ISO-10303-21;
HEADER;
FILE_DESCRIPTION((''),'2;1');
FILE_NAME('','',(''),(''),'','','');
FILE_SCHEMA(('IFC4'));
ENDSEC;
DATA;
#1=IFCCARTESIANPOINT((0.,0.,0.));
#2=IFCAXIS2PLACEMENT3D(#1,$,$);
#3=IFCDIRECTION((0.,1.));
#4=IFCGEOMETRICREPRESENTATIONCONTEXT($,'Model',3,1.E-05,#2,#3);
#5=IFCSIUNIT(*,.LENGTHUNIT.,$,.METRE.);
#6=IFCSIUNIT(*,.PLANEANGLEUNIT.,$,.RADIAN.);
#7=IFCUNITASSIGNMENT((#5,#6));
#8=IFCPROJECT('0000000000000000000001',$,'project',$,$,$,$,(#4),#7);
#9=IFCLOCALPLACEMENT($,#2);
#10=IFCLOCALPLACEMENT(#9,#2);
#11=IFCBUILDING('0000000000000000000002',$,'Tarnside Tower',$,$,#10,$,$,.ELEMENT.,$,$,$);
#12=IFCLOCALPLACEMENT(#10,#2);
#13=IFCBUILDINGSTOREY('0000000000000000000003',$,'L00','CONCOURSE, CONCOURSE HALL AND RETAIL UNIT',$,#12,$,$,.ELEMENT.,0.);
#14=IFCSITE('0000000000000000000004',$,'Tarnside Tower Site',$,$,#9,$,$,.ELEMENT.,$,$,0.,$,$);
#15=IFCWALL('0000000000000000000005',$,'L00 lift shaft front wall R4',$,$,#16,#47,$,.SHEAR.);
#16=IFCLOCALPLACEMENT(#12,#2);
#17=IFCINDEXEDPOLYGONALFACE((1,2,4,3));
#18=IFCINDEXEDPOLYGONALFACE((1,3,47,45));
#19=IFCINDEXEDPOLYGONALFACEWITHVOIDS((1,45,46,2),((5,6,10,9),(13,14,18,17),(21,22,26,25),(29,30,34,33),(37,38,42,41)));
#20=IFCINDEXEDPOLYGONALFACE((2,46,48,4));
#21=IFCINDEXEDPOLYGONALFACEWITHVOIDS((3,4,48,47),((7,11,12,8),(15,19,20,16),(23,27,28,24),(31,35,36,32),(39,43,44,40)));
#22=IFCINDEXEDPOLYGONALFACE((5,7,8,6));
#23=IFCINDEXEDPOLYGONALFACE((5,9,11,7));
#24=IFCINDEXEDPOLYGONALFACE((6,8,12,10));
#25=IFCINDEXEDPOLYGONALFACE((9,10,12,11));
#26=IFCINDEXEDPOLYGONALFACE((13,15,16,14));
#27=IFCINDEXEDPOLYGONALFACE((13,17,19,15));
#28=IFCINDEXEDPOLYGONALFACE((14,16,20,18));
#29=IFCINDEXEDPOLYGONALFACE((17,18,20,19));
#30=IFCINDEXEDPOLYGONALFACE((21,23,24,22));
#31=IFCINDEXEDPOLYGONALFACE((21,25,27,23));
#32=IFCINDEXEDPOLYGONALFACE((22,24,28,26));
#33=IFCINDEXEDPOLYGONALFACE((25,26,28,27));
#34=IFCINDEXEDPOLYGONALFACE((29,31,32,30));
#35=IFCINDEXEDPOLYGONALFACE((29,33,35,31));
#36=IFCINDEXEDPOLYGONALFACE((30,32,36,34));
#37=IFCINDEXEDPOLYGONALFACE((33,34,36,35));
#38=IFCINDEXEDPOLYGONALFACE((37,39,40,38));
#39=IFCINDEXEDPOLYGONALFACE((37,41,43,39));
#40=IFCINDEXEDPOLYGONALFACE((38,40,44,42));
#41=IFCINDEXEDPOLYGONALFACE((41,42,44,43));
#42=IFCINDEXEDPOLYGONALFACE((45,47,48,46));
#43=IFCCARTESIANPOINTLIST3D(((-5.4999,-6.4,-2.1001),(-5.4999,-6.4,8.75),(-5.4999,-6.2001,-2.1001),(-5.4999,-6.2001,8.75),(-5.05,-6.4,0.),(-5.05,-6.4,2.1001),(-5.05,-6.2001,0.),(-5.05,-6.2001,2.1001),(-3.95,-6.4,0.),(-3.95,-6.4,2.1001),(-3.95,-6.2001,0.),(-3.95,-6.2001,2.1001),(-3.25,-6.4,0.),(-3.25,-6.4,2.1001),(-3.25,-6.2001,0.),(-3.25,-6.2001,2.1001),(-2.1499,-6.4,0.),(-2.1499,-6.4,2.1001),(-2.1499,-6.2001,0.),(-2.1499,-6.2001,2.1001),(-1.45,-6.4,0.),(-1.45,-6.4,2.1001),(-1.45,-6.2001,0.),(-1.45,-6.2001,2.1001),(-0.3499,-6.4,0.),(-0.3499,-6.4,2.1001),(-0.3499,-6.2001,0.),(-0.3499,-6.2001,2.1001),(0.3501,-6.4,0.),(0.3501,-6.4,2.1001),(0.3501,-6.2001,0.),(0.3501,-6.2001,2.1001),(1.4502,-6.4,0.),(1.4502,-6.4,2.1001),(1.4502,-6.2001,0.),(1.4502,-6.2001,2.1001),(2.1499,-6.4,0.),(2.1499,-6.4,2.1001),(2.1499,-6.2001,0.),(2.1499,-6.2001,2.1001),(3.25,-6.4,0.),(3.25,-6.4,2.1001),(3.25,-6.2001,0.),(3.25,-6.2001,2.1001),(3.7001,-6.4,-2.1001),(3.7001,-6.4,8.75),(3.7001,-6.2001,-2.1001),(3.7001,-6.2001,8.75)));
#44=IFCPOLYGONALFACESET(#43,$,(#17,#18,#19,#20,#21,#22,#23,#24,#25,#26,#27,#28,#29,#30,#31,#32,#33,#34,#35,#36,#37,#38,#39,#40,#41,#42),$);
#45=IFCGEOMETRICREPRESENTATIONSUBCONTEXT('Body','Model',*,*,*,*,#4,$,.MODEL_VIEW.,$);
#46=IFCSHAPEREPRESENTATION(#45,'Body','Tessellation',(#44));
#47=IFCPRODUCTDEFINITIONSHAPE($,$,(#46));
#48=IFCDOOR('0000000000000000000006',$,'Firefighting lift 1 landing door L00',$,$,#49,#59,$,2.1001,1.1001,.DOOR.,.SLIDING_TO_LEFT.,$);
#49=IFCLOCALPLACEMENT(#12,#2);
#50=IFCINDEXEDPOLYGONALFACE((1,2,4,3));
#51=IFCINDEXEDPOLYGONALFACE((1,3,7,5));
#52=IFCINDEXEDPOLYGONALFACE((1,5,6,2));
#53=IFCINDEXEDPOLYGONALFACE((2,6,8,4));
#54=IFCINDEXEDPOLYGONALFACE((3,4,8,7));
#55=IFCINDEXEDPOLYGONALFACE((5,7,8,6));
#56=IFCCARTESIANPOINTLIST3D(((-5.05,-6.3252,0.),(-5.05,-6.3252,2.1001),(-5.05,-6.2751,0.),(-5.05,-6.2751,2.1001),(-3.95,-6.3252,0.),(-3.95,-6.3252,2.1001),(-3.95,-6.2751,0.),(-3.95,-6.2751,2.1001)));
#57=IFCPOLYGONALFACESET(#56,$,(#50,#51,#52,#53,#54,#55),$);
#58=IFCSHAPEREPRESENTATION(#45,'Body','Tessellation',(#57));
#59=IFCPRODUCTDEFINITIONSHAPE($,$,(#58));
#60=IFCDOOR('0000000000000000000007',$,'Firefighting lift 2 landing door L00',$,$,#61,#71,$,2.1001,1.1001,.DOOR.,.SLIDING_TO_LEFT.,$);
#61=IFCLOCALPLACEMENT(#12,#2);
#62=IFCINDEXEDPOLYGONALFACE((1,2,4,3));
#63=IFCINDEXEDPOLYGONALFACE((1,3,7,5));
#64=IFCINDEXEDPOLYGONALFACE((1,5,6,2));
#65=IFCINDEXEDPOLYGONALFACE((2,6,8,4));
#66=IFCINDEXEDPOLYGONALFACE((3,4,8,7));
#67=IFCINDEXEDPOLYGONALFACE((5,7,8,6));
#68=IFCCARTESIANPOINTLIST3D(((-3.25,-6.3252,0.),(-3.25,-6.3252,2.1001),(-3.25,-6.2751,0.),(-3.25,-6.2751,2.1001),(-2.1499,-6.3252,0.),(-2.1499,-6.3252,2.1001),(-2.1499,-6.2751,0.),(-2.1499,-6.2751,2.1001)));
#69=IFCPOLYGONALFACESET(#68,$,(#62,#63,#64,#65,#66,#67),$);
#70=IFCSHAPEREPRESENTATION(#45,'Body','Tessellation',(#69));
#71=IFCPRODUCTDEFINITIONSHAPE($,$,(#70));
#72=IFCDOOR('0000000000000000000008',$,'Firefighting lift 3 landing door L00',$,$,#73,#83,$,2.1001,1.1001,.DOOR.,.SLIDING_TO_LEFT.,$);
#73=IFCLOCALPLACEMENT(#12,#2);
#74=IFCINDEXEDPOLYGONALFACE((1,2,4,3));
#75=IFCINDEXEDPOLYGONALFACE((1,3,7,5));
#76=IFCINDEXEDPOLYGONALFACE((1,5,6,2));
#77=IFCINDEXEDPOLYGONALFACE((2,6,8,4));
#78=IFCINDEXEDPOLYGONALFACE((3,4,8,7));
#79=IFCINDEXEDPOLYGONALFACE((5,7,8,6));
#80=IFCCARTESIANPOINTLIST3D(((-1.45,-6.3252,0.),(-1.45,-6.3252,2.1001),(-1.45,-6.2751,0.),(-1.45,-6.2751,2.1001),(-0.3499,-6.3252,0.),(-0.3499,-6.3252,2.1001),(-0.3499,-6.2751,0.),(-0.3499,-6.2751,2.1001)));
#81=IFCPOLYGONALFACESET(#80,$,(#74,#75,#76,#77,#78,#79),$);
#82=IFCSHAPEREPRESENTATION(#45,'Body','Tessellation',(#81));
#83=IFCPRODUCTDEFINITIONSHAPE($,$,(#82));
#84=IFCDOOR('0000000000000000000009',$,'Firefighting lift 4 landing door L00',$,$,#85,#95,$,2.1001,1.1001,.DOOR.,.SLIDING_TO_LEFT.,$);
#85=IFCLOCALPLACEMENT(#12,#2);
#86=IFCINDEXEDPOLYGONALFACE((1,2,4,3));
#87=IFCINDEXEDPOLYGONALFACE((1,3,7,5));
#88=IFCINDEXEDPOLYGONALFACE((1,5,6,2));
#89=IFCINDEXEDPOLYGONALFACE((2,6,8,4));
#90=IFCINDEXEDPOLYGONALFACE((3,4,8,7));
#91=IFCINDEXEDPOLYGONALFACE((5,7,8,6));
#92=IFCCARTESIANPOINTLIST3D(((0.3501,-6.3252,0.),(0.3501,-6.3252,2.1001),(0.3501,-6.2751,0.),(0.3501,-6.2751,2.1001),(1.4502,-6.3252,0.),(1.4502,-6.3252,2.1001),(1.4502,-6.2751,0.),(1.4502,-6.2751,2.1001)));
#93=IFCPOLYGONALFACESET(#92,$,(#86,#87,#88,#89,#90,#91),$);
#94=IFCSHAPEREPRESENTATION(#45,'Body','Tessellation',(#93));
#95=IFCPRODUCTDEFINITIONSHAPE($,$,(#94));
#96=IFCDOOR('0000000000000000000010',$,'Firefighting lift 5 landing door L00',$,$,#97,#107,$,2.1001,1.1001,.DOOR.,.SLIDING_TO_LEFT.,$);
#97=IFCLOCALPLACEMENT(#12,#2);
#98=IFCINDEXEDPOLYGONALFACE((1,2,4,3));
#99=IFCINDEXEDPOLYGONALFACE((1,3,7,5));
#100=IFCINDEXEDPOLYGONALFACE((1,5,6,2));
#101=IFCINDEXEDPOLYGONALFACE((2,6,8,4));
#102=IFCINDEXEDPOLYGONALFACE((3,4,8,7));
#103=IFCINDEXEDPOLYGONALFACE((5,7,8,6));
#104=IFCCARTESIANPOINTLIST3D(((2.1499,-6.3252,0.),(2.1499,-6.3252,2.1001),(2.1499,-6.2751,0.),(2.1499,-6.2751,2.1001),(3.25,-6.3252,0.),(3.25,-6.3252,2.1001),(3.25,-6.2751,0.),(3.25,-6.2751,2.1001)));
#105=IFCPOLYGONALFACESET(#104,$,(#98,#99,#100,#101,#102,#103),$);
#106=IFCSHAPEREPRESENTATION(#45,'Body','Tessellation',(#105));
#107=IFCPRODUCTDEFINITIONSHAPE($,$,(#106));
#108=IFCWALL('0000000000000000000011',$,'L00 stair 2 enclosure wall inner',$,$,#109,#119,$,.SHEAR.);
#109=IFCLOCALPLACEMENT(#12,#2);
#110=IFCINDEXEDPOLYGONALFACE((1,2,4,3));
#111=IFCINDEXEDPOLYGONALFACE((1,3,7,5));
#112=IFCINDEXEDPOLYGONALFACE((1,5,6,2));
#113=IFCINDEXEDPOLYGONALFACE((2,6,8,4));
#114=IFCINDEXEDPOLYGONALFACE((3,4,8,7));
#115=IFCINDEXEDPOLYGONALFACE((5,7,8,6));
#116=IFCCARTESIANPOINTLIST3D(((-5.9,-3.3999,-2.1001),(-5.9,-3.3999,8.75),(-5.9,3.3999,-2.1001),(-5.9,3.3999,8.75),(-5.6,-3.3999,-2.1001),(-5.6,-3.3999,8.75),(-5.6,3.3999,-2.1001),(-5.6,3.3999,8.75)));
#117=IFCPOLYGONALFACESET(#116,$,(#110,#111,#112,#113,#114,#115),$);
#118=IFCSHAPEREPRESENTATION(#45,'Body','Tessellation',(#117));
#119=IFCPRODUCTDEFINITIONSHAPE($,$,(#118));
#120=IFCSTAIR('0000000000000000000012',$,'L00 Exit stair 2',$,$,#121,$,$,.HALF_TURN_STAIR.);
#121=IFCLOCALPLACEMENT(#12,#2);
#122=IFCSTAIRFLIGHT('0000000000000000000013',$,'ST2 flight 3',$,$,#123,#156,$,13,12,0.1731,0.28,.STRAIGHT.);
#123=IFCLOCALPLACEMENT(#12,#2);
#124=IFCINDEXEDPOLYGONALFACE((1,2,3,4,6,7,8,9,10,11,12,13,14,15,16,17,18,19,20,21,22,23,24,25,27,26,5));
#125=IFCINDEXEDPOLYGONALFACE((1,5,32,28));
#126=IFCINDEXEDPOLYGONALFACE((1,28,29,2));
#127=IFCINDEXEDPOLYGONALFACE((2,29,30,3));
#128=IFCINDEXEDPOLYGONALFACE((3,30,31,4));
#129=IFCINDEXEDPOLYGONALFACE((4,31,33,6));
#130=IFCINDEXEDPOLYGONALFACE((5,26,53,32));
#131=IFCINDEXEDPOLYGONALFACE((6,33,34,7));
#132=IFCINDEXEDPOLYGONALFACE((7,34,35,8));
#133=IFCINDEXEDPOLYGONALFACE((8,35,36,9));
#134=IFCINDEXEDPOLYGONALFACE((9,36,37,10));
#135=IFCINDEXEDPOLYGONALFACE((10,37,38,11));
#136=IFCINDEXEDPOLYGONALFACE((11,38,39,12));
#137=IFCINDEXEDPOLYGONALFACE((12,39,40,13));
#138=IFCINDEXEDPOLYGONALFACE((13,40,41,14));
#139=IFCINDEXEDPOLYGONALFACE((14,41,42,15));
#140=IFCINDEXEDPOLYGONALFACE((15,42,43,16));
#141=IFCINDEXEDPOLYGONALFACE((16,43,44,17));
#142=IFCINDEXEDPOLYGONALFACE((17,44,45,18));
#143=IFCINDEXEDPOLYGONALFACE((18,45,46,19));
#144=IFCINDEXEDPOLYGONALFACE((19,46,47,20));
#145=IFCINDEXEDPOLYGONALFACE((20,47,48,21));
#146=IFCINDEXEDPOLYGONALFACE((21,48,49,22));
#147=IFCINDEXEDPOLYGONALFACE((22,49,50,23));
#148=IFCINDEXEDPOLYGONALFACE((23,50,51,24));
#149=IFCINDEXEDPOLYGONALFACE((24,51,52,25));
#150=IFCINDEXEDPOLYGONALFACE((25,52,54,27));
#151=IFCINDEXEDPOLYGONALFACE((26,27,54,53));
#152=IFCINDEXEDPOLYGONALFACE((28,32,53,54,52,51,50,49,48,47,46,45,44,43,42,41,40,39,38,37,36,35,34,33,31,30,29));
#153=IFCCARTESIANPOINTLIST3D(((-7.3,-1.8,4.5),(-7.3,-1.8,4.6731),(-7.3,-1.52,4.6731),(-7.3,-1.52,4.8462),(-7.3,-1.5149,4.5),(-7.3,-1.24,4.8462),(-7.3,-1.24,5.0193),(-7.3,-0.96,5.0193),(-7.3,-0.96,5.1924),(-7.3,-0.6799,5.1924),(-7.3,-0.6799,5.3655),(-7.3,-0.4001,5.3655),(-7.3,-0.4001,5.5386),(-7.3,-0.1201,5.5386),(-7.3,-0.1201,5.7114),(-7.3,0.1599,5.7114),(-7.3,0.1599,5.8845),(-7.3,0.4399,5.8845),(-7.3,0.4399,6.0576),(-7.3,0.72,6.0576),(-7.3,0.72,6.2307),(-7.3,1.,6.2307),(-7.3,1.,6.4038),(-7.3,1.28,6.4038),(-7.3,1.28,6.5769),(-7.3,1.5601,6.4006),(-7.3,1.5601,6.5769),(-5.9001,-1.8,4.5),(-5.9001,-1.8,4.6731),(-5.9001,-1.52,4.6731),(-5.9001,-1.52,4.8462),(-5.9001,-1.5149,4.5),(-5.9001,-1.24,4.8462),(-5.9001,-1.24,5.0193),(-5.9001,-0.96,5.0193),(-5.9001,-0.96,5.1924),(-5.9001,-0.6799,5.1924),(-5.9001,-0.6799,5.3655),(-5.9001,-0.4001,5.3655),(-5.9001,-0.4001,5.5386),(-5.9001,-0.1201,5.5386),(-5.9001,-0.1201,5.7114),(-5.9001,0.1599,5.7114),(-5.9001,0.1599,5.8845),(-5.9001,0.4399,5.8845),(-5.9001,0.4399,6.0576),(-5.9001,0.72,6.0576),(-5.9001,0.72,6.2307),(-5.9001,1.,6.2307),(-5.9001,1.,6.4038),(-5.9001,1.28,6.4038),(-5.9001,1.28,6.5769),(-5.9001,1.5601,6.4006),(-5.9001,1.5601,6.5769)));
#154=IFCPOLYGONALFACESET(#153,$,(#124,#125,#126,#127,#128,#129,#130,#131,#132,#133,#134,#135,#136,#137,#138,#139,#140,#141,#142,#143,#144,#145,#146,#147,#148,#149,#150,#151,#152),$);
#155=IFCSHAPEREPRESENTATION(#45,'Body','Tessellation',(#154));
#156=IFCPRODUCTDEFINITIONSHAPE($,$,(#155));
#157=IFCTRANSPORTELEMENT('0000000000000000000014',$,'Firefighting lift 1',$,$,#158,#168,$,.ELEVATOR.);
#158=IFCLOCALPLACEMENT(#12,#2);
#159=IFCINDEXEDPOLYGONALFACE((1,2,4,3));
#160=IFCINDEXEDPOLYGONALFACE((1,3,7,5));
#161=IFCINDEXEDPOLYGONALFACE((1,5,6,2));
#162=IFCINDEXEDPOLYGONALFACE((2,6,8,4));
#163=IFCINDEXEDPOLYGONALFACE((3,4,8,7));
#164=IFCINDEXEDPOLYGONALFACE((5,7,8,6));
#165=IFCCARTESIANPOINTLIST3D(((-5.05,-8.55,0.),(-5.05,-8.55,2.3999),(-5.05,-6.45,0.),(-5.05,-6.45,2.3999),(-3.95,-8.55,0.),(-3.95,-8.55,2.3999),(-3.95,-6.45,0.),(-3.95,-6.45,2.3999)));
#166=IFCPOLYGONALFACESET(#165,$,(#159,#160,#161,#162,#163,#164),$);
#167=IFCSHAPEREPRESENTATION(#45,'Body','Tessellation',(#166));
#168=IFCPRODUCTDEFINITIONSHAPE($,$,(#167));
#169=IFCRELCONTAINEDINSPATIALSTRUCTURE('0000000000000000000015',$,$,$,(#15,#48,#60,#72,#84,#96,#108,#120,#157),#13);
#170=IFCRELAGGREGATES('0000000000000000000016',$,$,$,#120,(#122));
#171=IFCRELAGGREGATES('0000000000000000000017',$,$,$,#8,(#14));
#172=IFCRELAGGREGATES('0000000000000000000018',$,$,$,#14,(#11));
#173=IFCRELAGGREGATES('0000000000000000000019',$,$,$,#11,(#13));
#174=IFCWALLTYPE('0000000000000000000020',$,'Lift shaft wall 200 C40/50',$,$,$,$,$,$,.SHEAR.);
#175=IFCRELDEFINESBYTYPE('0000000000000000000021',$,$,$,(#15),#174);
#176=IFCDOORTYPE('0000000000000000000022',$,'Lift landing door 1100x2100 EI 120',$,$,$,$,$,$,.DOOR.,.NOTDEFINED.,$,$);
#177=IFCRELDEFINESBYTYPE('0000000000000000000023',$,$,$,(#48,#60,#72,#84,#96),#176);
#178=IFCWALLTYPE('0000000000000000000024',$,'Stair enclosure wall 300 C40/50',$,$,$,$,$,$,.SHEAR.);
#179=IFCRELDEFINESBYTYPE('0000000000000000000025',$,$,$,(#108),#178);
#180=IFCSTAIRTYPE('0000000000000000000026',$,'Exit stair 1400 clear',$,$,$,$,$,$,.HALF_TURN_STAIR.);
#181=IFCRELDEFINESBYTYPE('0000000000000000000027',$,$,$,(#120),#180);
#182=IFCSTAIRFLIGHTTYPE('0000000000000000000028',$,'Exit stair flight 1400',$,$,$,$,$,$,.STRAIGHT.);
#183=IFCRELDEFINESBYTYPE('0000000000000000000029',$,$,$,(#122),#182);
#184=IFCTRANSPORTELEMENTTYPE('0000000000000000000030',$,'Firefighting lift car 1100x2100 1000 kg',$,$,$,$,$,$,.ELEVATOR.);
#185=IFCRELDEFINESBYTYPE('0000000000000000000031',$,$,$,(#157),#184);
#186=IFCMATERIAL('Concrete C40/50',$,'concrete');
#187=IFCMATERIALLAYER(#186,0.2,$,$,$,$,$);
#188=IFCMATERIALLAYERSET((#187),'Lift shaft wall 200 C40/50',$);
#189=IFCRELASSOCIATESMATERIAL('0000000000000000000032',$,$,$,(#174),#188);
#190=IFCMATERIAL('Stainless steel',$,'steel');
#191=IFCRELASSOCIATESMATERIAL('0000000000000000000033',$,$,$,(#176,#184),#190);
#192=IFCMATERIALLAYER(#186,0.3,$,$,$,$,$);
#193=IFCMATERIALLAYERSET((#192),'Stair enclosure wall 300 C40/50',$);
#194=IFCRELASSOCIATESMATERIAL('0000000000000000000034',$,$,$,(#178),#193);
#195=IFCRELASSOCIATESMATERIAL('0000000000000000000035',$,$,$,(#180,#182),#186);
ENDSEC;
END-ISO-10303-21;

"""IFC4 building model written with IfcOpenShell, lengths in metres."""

from ifc_helpers import new_model, si_unit, direction, frame, frame_2d, origin, origin_2d, place, context, subcontext, project, spatial, polyline, rectangle, outline, extrude, material, layer, layer_set, type_object, element, fill, aggregate, save


model = new_model("IFC4")

# Units and contexts
model_context = context("Model", 3, precision=1e-05, world=origin(), true_north=direction((0.0, 1.0)))
body_context = subcontext(model_context, "Body", "Model", "MODEL_VIEW")
ifc_project = project(units=[si_unit("LENGTHUNIT", "METRE"), si_unit("PLANEANGLEUNIT", "RADIAN")], contexts=[model_context])

# Site, building, storey
site_placement = place(None, origin())
site = spatial("IfcSite", under=ifc_project, at=site_placement, Name="Tarnside Tower Site", CompositionType="ELEMENT", RefElevation=0.0)
building_placement = place(site_placement, origin())
building = spatial("IfcBuilding", under=site, at=building_placement, Name="Tarnside Tower", CompositionType="ELEMENT")
storey_placement = place(building_placement, origin())
storey = spatial("IfcBuildingStorey", under=building, at=storey_placement, Name="L00", Description="CONCOURSE, CONCOURSE HALL AND RETAIL UNIT", CompositionType="ELEMENT", Elevation=0.0)

# Shared definitions
ifc_material_1 = material(Name="Concrete C40/50", Category="concrete")
ifc_layer_1 = layer(ifc_material_1, 0.2)
ifc_layer_set_1 = layer_set([ifc_layer_1], Name="Lift shaft wall 200 C40/50")
wall_type_1 = type_object("IfcWallType", Name="Lift shaft wall 200 C40/50", PredefinedType="SHEAR", material=ifc_layer_set_1)

# Wall, openings, doors
wall_1_placement = place(storey_placement, frame((-5.5, -6.3, -2.1001), z_axis=(0.0, 0.0, 1.0), x_axis=(1.0, 0.0, 0.0)))
wall_1 = element("IfcWall", 1, at=wall_1_placement, inside=storey, type_object=wall_type_1, Name="L00 lift shaft front wall R4", PredefinedType="SHEAR", context=body_context, shape_type="SweptSolid", body=[
    extrude(rectangle(XDim=9.2, YDim=0.2, at=frame_2d((4.6001, 0.0))), origin(), (0.0, 0.0, 1.0), 10.8501),
])
opening_1_placement = place(wall_1_placement, frame((0.45, 0.0, 2.1001)))
opening_1 = element("IfcOpeningElement", 2, at=opening_1_placement, cuts=wall_1, PredefinedType="OPENING", context=body_context, shape_type="SweptSolid", body=[
    extrude(rectangle(XDim=1.1001, YDim=2.1001, at=frame_2d((0.55, 1.05))), frame((0.0, 0.1099, 0.0), z_axis=(0.0, -1.0, 0.0), x_axis=(1.0, 0.0, 0.0)), (0.0, 0.0, 1.0), 0.22),
])
opening_2_placement = place(wall_1_placement, frame((2.25, 0.0, 2.1001)))
opening_2 = element("IfcOpeningElement", 3, at=opening_2_placement, cuts=wall_1, PredefinedType="OPENING", context=body_context, shape_type="SweptSolid", body=[
    extrude(rectangle(XDim=1.1001, YDim=2.1001, at=frame_2d((0.55, 1.05))), frame((0.0, 0.1099, 0.0), z_axis=(0.0, -1.0, 0.0), x_axis=(1.0, 0.0, 0.0)), (0.0, 0.0, 1.0), 0.22),
])
opening_3_placement = place(wall_1_placement, frame((4.05, 0.0, 2.1001)))
opening_3 = element("IfcOpeningElement", 4, at=opening_3_placement, cuts=wall_1, PredefinedType="OPENING", context=body_context, shape_type="SweptSolid", body=[
    extrude(rectangle(XDim=1.1001, YDim=2.1001, at=frame_2d((0.55, 1.05))), frame((0.0, 0.1099, 0.0), z_axis=(0.0, -1.0, 0.0), x_axis=(1.0, 0.0, 0.0)), (0.0, 0.0, 1.0), 0.22),
])
opening_4_placement = place(wall_1_placement, frame((5.8501, 0.0, 2.1001)))
opening_4 = element("IfcOpeningElement", 5, at=opening_4_placement, cuts=wall_1, PredefinedType="OPENING", context=body_context, shape_type="SweptSolid", body=[
    extrude(rectangle(XDim=1.1001, YDim=2.1001, at=frame_2d((0.55, 1.05))), frame((0.0, 0.1099, 0.0), z_axis=(0.0, -1.0, 0.0), x_axis=(1.0, 0.0, 0.0)), (0.0, 0.0, 1.0), 0.22),
])
opening_5_placement = place(wall_1_placement, frame((7.6499, 0.0, 2.1001)))
opening_5 = element("IfcOpeningElement", 6, at=opening_5_placement, cuts=wall_1, PredefinedType="OPENING", context=body_context, shape_type="SweptSolid", body=[
    extrude(rectangle(XDim=1.1001, YDim=2.1001, at=frame_2d((0.55, 1.05))), frame((0.0, 0.1099, 0.0), z_axis=(0.0, -1.0, 0.0), x_axis=(1.0, 0.0, 0.0)), (0.0, 0.0, 1.0), 0.22),
])
ifc_material_2 = material(Name="Stainless steel", Category="steel")
door_type = type_object("IfcDoorType", Name="Lift landing door 1100x2100 EI 120", OperationType="NOTDEFINED", PredefinedType="DOOR", material=ifc_material_2)
door_1_placement = place(opening_1_placement, origin())
door_1 = element("IfcDoor", 7, at=door_1_placement, inside=storey, type_object=door_type, Name="Firefighting lift 1 landing door L00", OperationType="SLIDING_TO_LEFT", OverallHeight=2.1001, OverallWidth=1.1001, PredefinedType="DOOR", context=body_context, shape_type="SweptSolid", body=[
    extrude(rectangle(XDim=1.1001, YDim=2.1001, at=frame_2d((0.55, 1.05))), frame((0.0, 0.0249, 0.0), z_axis=(0.0, -1.0, 0.0), x_axis=(1.0, 0.0, 0.0)), (0.0, 0.0, 1.0), 0.05),
])
fill(opening_1, door_1)
door_2_placement = place(opening_2_placement, origin())
door_2 = element("IfcDoor", 8, at=door_2_placement, inside=storey, type_object=door_type, Name="Firefighting lift 2 landing door L00", OperationType="SLIDING_TO_LEFT", OverallHeight=2.1001, OverallWidth=1.1001, PredefinedType="DOOR", context=body_context, shape_type="SweptSolid", body=[
    extrude(rectangle(XDim=1.1001, YDim=2.1001, at=frame_2d((0.55, 1.05))), frame((0.0, 0.0249, 0.0), z_axis=(0.0, -1.0, 0.0), x_axis=(1.0, 0.0, 0.0)), (0.0, 0.0, 1.0), 0.05),
])
fill(opening_2, door_2)
door_3_placement = place(opening_3_placement, origin())
door_3 = element("IfcDoor", 9, at=door_3_placement, inside=storey, type_object=door_type, Name="Firefighting lift 3 landing door L00", OperationType="SLIDING_TO_LEFT", OverallHeight=2.1001, OverallWidth=1.1001, PredefinedType="DOOR", context=body_context, shape_type="SweptSolid", body=[
    extrude(rectangle(XDim=1.1001, YDim=2.1001, at=frame_2d((0.55, 1.05))), frame((0.0, 0.0249, 0.0), z_axis=(0.0, -1.0, 0.0), x_axis=(1.0, 0.0, 0.0)), (0.0, 0.0, 1.0), 0.05),
])
fill(opening_3, door_3)
door_4_placement = place(opening_4_placement, origin())
door_4 = element("IfcDoor", 10, at=door_4_placement, inside=storey, type_object=door_type, Name="Firefighting lift 4 landing door L00", OperationType="SLIDING_TO_LEFT", OverallHeight=2.1001, OverallWidth=1.1001, PredefinedType="DOOR", context=body_context, shape_type="SweptSolid", body=[
    extrude(rectangle(XDim=1.1001, YDim=2.1001, at=frame_2d((0.55, 1.05))), frame((0.0, 0.0249, 0.0), z_axis=(0.0, -1.0, 0.0), x_axis=(1.0, 0.0, 0.0)), (0.0, 0.0, 1.0), 0.05),
])
fill(opening_4, door_4)
door_5_placement = place(opening_5_placement, origin())
door_5 = element("IfcDoor", 11, at=door_5_placement, inside=storey, type_object=door_type, Name="Firefighting lift 5 landing door L00", OperationType="SLIDING_TO_LEFT", OverallHeight=2.1001, OverallWidth=1.1001, PredefinedType="DOOR", context=body_context, shape_type="SweptSolid", body=[
    extrude(rectangle(XDim=1.1001, YDim=2.1001, at=frame_2d((0.55, 1.05))), frame((0.0, 0.0249, 0.0), z_axis=(0.0, -1.0, 0.0), x_axis=(1.0, 0.0, 0.0)), (0.0, 0.0, 1.0), 0.05),
])
fill(opening_5, door_5)

# Wall
ifc_layer_2 = layer(ifc_material_1, 0.3)
ifc_layer_set_2 = layer_set([ifc_layer_2], Name="Stair enclosure wall 300 C40/50")
wall_type_2 = type_object("IfcWallType", Name="Stair enclosure wall 300 C40/50", PredefinedType="SHEAR", material=ifc_layer_set_2)
wall_2_placement = place(storey_placement, frame((-5.75, -3.3999, -2.1001), z_axis=(0.0, 0.0, 1.0), x_axis=(0.0, 1.0, 0.0)))
element("IfcWall", 12, at=wall_2_placement, inside=storey, type_object=wall_type_2, Name="L00 stair 2 enclosure wall inner", PredefinedType="SHEAR", context=body_context, shape_type="SweptSolid", body=[
    extrude(rectangle(XDim=6.7998, YDim=0.3, at=frame_2d((3.3999, 0.0))), origin(), (0.0, 0.0, 1.0), 10.8501),
])

# Stair, stair flight
stair_type = type_object("IfcStairType", Name="Exit stair 1400 clear", PredefinedType="HALF_TURN_STAIR", material=ifc_material_1)
stair_placement = place(storey_placement, origin())
stair = element("IfcStair", 13, at=stair_placement, inside=storey, type_object=stair_type, Name="L00 Exit stair 2", PredefinedType="HALF_TURN_STAIR")
stair_flight_type = type_object("IfcStairFlightType", Name="Exit stair flight 1400", PredefinedType="STRAIGHT", material=ifc_material_1)
stair_flight_placement = place(storey_placement, frame((-6.6001, -1.8, 4.5), z_axis=(0.0, 0.0, 1.0), x_axis=(0.0, 1.0, 0.0)))
stair_flight = element("IfcStairFlight", 14, at=stair_flight_placement, type_object=stair_flight_type, Name="ST2 flight 3", NumberOfRisers=13, NumberOfTreads=12, PredefinedType="STRAIGHT", RiserHeight=0.1731, TreadLength=0.28, context=body_context, shape_type="SweptSolid", body=[
    extrude(outline(polyline([(0.0, 0.0), (0.0, 0.1731), (0.28, 0.1731), (0.28, 0.3462), (0.5601, 0.3462), (0.5601, 0.5193), (0.8401, 0.5193), (0.8401, 0.6924), (1.1201, 0.6924), (1.1201, 0.8655), (1.3999, 0.8655), (1.3999, 1.0386), (1.6799, 1.0386), (1.6799, 1.2114), (1.96, 1.2114), (1.96, 1.3845), (2.24, 1.3845), (2.24, 1.5576), (2.52, 1.5576), (2.52, 1.7307), (2.8, 1.7307), (2.8, 1.9038), (3.0801, 1.9038), (3.0801, 2.0769), (3.3601, 2.0769), (3.3601, 2.25), (3.3601, 1.9006), (0.2852, 0.0), (0.0, 0.0)])), frame((0.0, 0.7, 0.0), z_axis=(0.0, -1.0, 0.0), x_axis=(1.0, 0.0, 0.0)), (0.0, 0.0, 1.0), 1.3999),
])
aggregate(stair, [stair_flight])

# Transport element
transport_element_type = type_object("IfcTransportElementType", Name="Firefighting lift car 1100x2100 1000 kg", PredefinedType="ELEVATOR", material=ifc_material_2)
for number, where, z_axis, x_axis, name in (
    (15, (-4.5, -7.5, 0.0), (0.0, 0.0, 1.0), (1.0, 0.0, 0.0), "Firefighting lift 1"),
):
    element("IfcTransportElement", number, at=place(storey_placement, frame(where, z_axis=z_axis, x_axis=x_axis)), inside=storey, type_object=transport_element_type, Name=name, PredefinedType="ELEVATOR", context=body_context, shape_type="SweptSolid", body=[
        extrude(rectangle(XDim=1.1001, YDim=2.1001, at=origin_2d()), origin(), (0.0, 0.0, 1.0), 2.3999),
    ])

save(model, "model.ifc")
